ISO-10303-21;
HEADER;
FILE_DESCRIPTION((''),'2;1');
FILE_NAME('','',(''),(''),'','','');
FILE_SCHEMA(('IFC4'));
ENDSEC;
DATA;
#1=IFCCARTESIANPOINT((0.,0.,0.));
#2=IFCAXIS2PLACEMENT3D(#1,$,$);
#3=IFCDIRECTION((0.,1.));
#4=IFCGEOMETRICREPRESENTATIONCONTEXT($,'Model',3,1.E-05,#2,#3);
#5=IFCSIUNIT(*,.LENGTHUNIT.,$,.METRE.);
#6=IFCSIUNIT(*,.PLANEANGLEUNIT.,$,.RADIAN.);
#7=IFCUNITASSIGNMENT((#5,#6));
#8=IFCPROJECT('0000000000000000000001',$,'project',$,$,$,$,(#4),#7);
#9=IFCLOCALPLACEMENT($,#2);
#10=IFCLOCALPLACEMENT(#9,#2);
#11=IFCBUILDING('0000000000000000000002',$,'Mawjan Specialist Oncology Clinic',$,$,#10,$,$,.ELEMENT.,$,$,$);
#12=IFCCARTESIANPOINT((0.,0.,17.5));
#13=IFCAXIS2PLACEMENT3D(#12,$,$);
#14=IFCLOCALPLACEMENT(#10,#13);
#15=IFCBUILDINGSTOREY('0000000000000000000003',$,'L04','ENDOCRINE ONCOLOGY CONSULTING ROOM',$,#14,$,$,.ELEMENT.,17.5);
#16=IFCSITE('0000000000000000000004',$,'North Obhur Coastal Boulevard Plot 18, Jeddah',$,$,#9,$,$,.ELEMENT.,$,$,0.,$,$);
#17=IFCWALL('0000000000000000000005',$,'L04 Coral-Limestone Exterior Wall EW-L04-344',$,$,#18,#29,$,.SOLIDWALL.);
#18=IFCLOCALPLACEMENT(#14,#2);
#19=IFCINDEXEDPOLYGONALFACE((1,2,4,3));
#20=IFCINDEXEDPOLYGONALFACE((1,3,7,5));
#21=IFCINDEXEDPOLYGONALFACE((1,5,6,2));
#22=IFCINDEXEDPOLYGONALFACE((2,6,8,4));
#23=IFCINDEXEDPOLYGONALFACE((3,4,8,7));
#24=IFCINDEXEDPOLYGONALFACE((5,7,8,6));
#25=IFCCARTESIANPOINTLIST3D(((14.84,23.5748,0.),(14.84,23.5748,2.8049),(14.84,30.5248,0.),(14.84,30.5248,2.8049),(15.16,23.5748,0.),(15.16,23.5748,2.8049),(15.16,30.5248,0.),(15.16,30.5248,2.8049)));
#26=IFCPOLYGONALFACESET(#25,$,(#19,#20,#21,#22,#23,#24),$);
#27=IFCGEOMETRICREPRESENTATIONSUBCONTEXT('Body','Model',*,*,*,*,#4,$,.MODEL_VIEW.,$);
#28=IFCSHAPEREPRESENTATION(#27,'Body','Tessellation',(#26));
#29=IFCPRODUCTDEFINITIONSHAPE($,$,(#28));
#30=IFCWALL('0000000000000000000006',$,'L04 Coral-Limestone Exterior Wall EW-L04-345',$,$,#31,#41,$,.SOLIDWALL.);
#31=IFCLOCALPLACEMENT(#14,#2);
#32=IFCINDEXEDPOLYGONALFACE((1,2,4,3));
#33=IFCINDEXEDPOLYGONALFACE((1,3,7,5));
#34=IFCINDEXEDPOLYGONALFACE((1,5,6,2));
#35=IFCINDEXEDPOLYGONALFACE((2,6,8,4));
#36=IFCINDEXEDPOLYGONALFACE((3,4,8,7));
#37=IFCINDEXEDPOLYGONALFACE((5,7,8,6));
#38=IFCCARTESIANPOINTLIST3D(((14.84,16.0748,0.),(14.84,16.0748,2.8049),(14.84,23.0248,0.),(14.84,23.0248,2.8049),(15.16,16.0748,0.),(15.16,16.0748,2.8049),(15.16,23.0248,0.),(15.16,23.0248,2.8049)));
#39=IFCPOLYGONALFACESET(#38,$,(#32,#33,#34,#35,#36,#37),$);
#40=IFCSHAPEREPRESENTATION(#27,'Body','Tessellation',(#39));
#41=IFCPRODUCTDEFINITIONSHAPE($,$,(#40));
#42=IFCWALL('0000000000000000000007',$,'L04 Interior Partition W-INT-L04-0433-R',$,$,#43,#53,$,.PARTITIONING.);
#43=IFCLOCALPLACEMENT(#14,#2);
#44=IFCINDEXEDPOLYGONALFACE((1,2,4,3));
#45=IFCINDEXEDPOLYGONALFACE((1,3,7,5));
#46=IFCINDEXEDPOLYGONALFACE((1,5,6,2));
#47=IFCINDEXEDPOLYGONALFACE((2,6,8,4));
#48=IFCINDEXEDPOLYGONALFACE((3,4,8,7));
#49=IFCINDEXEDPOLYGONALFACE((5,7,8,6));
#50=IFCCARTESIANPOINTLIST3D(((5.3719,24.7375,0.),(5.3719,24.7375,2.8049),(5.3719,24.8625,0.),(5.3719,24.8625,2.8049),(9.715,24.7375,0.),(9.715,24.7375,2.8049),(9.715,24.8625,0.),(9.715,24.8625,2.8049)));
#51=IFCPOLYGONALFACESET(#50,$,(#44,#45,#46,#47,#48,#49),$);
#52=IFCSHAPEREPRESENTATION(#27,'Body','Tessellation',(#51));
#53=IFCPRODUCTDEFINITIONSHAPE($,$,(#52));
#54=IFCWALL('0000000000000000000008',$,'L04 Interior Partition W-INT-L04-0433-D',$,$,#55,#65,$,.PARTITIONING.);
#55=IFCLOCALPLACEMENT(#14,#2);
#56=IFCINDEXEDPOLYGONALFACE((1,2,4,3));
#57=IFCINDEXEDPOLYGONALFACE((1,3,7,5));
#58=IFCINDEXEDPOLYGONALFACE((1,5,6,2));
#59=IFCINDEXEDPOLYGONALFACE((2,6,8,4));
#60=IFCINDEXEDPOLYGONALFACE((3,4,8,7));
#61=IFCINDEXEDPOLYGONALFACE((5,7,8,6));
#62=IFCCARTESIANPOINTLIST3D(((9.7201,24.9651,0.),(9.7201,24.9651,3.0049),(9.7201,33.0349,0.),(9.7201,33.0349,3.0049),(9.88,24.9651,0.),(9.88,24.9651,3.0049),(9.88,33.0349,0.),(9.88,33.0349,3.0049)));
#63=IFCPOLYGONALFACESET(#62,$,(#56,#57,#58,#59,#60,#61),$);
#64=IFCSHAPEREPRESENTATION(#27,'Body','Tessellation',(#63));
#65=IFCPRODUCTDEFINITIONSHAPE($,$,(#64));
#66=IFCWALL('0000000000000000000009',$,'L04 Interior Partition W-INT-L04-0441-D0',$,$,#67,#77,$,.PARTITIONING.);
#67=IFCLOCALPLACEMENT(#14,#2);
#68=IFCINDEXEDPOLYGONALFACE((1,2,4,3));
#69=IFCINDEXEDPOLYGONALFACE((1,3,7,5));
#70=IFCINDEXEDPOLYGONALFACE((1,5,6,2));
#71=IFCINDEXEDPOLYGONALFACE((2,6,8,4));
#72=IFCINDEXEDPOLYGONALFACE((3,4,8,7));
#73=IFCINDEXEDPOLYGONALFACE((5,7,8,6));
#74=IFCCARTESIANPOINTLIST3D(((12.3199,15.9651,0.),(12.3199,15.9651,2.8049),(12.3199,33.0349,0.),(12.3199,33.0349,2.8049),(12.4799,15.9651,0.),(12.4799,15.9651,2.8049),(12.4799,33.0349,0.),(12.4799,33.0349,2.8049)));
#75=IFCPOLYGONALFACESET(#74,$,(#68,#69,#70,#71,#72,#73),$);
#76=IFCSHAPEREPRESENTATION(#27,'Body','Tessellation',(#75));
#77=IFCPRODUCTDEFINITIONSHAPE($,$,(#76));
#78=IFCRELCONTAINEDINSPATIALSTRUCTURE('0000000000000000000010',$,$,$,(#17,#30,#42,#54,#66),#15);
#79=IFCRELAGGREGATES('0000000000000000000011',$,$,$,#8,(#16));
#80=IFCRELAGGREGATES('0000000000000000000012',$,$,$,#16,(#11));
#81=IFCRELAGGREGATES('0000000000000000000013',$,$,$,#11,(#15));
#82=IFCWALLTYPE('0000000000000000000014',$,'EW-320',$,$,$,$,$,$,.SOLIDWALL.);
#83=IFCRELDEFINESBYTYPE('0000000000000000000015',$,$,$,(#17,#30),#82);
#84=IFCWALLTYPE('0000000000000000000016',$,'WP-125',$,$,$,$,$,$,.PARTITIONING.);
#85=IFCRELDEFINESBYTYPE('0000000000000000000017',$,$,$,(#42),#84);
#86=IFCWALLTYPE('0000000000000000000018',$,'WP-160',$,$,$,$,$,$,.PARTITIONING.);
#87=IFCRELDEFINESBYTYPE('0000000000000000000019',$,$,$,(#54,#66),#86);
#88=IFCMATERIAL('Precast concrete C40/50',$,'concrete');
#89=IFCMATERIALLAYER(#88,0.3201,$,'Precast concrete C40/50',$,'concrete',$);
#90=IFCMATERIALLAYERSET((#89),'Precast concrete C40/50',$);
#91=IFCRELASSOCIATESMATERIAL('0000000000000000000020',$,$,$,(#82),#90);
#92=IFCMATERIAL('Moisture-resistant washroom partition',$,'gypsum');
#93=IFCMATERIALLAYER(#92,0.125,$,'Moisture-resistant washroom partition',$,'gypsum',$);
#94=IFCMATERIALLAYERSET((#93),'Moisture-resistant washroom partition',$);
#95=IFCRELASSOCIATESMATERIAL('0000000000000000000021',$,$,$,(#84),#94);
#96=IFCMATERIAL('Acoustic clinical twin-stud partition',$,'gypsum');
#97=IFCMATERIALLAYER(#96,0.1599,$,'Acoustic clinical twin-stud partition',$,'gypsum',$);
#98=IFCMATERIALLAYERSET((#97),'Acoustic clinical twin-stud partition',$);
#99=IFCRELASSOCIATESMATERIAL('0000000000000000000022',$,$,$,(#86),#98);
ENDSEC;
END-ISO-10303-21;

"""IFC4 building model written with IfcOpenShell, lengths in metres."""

from ifc_helpers import new_model, si_unit, direction, frame, frame_2d, origin, place, context, subcontext, project, spatial, rectangle, extrude, material, layer, layer_set, type_object, element, save


model = new_model("IFC4")

# Units and contexts
model_context = context("Model", 3, precision=1e-05, world=origin(), true_north=direction((0.0, 1.0)))
body_context = subcontext(model_context, "Body", "Model", "MODEL_VIEW")
ifc_project = project(units=[si_unit("LENGTHUNIT", "METRE"), si_unit("PLANEANGLEUNIT", "RADIAN")], contexts=[model_context])

# Site, building, storey
site_placement = place(None, origin())
site = spatial("IfcSite", under=ifc_project, at=site_placement, Name="North Obhur Coastal Boulevard Plot 18, Jeddah", CompositionType="ELEMENT", RefElevation=0.0)
building_placement = place(site_placement, origin())
building = spatial("IfcBuilding", under=site, at=building_placement, Name="Mawjan Specialist Oncology Clinic", CompositionType="ELEMENT")
storey_placement = place(building_placement, frame((0.0, 0.0, 17.5)))
storey = spatial("IfcBuildingStorey", under=building, at=storey_placement, Name="L04", Description="ENDOCRINE ONCOLOGY CONSULTING ROOM", CompositionType="ELEMENT", Elevation=17.5)

# Walls
ifc_material_1 = material(Name="Precast concrete C40/50", Category="concrete")
ifc_layer_1 = layer(ifc_material_1, 0.3201, Name="Precast concrete C40/50", Category="concrete")
ifc_layer_set_1 = layer_set([ifc_layer_1], Name="Precast concrete C40/50")
wall_type_1 = type_object("IfcWallType", Name="EW-320", PredefinedType="SOLIDWALL", material=ifc_layer_set_1)
for number, where, z_axis, x_axis, name in (
    (1, (15.0, 30.5249, 0.0), (0.0, 0.0, 1.0), (0.0, -1.0, 0.0), "L04 Coral-Limestone Exterior Wall EW-L04-344"),
    (2, (15.0, 23.0249, 0.0), (0.0, 0.0, 1.0), (0.0, -1.0, 0.0), "L04 Coral-Limestone Exterior Wall EW-L04-345"),
):
    element("IfcWall", number, at=place(storey_placement, frame(where, z_axis=z_axis, x_axis=x_axis)), inside=storey, type_object=wall_type_1, Name=name, PredefinedType="SOLIDWALL", context=body_context, shape_type="SweptSolid", body=[
        extrude(rectangle(XDim=6.95, YDim=0.3201, at=frame_2d((3.4751, 0.0))), origin(), (0.0, 0.0, 1.0), 2.8049),
    ])
ifc_material_2 = material(Name="Moisture-resistant washroom partition", Category="gypsum")
ifc_layer_2 = layer(ifc_material_2, 0.125, Name="Moisture-resistant washroom partition", Category="gypsum")
ifc_layer_set_2 = layer_set([ifc_layer_2], Name="Moisture-resistant washroom partition")
wall_type_2 = type_object("IfcWallType", Name="WP-125", PredefinedType="PARTITIONING", material=ifc_layer_set_2)
wall_1_placement = place(storey_placement, frame((5.3721, 24.8, 0.0), z_axis=(0.0, 0.0, 1.0), x_axis=(1.0, 0.0, 0.0)))
element("IfcWall", 3, at=wall_1_placement, inside=storey, type_object=wall_type_2, Name="L04 Interior Partition W-INT-L04-0433-R", PredefinedType="PARTITIONING", context=body_context, shape_type="SweptSolid", body=[
    extrude(rectangle(XDim=4.343, YDim=0.125, at=frame_2d((2.1714, 0.0))), origin(), (0.0, 0.0, 1.0), 2.8049),
])
ifc_material_3 = material(Name="Acoustic clinical twin-stud partition", Category="gypsum")
ifc_layer_3 = layer(ifc_material_3, 0.1599, Name="Acoustic clinical twin-stud partition", Category="gypsum")
ifc_layer_set_3 = layer_set([ifc_layer_3], Name="Acoustic clinical twin-stud partition")
wall_type_3 = type_object("IfcWallType", Name="WP-160", PredefinedType="PARTITIONING", material=ifc_layer_set_3)
wall_2_placement = place(storey_placement, frame((9.8, 24.9651, 0.0), z_axis=(0.0, 0.0, 1.0), x_axis=(0.0, 1.0, 0.0)))
element("IfcWall", 4, at=wall_2_placement, inside=storey, type_object=wall_type_3, Name="L04 Interior Partition W-INT-L04-0433-D", PredefinedType="PARTITIONING", context=body_context, shape_type="SweptSolid", body=[
    extrude(rectangle(XDim=8.0698, YDim=0.1599, at=frame_2d((4.0349, 0.0))), origin(), (0.0, 0.0, 1.0), 3.0049),
])
wall_3_placement = place(storey_placement, frame((12.3999, 15.9651, 0.0), z_axis=(0.0, 0.0, 1.0), x_axis=(0.0, 1.0, 0.0)))
element("IfcWall", 5, at=wall_3_placement, inside=storey, type_object=wall_type_3, Name="L04 Interior Partition W-INT-L04-0441-D0", PredefinedType="PARTITIONING", context=body_context, shape_type="SweptSolid", body=[
    extrude(rectangle(XDim=17.0698, YDim=0.1599, at=frame_2d((8.5349, 0.0))), origin(), (0.0, 0.0, 1.0), 2.8049),
])

save(model, "model.ifc")
